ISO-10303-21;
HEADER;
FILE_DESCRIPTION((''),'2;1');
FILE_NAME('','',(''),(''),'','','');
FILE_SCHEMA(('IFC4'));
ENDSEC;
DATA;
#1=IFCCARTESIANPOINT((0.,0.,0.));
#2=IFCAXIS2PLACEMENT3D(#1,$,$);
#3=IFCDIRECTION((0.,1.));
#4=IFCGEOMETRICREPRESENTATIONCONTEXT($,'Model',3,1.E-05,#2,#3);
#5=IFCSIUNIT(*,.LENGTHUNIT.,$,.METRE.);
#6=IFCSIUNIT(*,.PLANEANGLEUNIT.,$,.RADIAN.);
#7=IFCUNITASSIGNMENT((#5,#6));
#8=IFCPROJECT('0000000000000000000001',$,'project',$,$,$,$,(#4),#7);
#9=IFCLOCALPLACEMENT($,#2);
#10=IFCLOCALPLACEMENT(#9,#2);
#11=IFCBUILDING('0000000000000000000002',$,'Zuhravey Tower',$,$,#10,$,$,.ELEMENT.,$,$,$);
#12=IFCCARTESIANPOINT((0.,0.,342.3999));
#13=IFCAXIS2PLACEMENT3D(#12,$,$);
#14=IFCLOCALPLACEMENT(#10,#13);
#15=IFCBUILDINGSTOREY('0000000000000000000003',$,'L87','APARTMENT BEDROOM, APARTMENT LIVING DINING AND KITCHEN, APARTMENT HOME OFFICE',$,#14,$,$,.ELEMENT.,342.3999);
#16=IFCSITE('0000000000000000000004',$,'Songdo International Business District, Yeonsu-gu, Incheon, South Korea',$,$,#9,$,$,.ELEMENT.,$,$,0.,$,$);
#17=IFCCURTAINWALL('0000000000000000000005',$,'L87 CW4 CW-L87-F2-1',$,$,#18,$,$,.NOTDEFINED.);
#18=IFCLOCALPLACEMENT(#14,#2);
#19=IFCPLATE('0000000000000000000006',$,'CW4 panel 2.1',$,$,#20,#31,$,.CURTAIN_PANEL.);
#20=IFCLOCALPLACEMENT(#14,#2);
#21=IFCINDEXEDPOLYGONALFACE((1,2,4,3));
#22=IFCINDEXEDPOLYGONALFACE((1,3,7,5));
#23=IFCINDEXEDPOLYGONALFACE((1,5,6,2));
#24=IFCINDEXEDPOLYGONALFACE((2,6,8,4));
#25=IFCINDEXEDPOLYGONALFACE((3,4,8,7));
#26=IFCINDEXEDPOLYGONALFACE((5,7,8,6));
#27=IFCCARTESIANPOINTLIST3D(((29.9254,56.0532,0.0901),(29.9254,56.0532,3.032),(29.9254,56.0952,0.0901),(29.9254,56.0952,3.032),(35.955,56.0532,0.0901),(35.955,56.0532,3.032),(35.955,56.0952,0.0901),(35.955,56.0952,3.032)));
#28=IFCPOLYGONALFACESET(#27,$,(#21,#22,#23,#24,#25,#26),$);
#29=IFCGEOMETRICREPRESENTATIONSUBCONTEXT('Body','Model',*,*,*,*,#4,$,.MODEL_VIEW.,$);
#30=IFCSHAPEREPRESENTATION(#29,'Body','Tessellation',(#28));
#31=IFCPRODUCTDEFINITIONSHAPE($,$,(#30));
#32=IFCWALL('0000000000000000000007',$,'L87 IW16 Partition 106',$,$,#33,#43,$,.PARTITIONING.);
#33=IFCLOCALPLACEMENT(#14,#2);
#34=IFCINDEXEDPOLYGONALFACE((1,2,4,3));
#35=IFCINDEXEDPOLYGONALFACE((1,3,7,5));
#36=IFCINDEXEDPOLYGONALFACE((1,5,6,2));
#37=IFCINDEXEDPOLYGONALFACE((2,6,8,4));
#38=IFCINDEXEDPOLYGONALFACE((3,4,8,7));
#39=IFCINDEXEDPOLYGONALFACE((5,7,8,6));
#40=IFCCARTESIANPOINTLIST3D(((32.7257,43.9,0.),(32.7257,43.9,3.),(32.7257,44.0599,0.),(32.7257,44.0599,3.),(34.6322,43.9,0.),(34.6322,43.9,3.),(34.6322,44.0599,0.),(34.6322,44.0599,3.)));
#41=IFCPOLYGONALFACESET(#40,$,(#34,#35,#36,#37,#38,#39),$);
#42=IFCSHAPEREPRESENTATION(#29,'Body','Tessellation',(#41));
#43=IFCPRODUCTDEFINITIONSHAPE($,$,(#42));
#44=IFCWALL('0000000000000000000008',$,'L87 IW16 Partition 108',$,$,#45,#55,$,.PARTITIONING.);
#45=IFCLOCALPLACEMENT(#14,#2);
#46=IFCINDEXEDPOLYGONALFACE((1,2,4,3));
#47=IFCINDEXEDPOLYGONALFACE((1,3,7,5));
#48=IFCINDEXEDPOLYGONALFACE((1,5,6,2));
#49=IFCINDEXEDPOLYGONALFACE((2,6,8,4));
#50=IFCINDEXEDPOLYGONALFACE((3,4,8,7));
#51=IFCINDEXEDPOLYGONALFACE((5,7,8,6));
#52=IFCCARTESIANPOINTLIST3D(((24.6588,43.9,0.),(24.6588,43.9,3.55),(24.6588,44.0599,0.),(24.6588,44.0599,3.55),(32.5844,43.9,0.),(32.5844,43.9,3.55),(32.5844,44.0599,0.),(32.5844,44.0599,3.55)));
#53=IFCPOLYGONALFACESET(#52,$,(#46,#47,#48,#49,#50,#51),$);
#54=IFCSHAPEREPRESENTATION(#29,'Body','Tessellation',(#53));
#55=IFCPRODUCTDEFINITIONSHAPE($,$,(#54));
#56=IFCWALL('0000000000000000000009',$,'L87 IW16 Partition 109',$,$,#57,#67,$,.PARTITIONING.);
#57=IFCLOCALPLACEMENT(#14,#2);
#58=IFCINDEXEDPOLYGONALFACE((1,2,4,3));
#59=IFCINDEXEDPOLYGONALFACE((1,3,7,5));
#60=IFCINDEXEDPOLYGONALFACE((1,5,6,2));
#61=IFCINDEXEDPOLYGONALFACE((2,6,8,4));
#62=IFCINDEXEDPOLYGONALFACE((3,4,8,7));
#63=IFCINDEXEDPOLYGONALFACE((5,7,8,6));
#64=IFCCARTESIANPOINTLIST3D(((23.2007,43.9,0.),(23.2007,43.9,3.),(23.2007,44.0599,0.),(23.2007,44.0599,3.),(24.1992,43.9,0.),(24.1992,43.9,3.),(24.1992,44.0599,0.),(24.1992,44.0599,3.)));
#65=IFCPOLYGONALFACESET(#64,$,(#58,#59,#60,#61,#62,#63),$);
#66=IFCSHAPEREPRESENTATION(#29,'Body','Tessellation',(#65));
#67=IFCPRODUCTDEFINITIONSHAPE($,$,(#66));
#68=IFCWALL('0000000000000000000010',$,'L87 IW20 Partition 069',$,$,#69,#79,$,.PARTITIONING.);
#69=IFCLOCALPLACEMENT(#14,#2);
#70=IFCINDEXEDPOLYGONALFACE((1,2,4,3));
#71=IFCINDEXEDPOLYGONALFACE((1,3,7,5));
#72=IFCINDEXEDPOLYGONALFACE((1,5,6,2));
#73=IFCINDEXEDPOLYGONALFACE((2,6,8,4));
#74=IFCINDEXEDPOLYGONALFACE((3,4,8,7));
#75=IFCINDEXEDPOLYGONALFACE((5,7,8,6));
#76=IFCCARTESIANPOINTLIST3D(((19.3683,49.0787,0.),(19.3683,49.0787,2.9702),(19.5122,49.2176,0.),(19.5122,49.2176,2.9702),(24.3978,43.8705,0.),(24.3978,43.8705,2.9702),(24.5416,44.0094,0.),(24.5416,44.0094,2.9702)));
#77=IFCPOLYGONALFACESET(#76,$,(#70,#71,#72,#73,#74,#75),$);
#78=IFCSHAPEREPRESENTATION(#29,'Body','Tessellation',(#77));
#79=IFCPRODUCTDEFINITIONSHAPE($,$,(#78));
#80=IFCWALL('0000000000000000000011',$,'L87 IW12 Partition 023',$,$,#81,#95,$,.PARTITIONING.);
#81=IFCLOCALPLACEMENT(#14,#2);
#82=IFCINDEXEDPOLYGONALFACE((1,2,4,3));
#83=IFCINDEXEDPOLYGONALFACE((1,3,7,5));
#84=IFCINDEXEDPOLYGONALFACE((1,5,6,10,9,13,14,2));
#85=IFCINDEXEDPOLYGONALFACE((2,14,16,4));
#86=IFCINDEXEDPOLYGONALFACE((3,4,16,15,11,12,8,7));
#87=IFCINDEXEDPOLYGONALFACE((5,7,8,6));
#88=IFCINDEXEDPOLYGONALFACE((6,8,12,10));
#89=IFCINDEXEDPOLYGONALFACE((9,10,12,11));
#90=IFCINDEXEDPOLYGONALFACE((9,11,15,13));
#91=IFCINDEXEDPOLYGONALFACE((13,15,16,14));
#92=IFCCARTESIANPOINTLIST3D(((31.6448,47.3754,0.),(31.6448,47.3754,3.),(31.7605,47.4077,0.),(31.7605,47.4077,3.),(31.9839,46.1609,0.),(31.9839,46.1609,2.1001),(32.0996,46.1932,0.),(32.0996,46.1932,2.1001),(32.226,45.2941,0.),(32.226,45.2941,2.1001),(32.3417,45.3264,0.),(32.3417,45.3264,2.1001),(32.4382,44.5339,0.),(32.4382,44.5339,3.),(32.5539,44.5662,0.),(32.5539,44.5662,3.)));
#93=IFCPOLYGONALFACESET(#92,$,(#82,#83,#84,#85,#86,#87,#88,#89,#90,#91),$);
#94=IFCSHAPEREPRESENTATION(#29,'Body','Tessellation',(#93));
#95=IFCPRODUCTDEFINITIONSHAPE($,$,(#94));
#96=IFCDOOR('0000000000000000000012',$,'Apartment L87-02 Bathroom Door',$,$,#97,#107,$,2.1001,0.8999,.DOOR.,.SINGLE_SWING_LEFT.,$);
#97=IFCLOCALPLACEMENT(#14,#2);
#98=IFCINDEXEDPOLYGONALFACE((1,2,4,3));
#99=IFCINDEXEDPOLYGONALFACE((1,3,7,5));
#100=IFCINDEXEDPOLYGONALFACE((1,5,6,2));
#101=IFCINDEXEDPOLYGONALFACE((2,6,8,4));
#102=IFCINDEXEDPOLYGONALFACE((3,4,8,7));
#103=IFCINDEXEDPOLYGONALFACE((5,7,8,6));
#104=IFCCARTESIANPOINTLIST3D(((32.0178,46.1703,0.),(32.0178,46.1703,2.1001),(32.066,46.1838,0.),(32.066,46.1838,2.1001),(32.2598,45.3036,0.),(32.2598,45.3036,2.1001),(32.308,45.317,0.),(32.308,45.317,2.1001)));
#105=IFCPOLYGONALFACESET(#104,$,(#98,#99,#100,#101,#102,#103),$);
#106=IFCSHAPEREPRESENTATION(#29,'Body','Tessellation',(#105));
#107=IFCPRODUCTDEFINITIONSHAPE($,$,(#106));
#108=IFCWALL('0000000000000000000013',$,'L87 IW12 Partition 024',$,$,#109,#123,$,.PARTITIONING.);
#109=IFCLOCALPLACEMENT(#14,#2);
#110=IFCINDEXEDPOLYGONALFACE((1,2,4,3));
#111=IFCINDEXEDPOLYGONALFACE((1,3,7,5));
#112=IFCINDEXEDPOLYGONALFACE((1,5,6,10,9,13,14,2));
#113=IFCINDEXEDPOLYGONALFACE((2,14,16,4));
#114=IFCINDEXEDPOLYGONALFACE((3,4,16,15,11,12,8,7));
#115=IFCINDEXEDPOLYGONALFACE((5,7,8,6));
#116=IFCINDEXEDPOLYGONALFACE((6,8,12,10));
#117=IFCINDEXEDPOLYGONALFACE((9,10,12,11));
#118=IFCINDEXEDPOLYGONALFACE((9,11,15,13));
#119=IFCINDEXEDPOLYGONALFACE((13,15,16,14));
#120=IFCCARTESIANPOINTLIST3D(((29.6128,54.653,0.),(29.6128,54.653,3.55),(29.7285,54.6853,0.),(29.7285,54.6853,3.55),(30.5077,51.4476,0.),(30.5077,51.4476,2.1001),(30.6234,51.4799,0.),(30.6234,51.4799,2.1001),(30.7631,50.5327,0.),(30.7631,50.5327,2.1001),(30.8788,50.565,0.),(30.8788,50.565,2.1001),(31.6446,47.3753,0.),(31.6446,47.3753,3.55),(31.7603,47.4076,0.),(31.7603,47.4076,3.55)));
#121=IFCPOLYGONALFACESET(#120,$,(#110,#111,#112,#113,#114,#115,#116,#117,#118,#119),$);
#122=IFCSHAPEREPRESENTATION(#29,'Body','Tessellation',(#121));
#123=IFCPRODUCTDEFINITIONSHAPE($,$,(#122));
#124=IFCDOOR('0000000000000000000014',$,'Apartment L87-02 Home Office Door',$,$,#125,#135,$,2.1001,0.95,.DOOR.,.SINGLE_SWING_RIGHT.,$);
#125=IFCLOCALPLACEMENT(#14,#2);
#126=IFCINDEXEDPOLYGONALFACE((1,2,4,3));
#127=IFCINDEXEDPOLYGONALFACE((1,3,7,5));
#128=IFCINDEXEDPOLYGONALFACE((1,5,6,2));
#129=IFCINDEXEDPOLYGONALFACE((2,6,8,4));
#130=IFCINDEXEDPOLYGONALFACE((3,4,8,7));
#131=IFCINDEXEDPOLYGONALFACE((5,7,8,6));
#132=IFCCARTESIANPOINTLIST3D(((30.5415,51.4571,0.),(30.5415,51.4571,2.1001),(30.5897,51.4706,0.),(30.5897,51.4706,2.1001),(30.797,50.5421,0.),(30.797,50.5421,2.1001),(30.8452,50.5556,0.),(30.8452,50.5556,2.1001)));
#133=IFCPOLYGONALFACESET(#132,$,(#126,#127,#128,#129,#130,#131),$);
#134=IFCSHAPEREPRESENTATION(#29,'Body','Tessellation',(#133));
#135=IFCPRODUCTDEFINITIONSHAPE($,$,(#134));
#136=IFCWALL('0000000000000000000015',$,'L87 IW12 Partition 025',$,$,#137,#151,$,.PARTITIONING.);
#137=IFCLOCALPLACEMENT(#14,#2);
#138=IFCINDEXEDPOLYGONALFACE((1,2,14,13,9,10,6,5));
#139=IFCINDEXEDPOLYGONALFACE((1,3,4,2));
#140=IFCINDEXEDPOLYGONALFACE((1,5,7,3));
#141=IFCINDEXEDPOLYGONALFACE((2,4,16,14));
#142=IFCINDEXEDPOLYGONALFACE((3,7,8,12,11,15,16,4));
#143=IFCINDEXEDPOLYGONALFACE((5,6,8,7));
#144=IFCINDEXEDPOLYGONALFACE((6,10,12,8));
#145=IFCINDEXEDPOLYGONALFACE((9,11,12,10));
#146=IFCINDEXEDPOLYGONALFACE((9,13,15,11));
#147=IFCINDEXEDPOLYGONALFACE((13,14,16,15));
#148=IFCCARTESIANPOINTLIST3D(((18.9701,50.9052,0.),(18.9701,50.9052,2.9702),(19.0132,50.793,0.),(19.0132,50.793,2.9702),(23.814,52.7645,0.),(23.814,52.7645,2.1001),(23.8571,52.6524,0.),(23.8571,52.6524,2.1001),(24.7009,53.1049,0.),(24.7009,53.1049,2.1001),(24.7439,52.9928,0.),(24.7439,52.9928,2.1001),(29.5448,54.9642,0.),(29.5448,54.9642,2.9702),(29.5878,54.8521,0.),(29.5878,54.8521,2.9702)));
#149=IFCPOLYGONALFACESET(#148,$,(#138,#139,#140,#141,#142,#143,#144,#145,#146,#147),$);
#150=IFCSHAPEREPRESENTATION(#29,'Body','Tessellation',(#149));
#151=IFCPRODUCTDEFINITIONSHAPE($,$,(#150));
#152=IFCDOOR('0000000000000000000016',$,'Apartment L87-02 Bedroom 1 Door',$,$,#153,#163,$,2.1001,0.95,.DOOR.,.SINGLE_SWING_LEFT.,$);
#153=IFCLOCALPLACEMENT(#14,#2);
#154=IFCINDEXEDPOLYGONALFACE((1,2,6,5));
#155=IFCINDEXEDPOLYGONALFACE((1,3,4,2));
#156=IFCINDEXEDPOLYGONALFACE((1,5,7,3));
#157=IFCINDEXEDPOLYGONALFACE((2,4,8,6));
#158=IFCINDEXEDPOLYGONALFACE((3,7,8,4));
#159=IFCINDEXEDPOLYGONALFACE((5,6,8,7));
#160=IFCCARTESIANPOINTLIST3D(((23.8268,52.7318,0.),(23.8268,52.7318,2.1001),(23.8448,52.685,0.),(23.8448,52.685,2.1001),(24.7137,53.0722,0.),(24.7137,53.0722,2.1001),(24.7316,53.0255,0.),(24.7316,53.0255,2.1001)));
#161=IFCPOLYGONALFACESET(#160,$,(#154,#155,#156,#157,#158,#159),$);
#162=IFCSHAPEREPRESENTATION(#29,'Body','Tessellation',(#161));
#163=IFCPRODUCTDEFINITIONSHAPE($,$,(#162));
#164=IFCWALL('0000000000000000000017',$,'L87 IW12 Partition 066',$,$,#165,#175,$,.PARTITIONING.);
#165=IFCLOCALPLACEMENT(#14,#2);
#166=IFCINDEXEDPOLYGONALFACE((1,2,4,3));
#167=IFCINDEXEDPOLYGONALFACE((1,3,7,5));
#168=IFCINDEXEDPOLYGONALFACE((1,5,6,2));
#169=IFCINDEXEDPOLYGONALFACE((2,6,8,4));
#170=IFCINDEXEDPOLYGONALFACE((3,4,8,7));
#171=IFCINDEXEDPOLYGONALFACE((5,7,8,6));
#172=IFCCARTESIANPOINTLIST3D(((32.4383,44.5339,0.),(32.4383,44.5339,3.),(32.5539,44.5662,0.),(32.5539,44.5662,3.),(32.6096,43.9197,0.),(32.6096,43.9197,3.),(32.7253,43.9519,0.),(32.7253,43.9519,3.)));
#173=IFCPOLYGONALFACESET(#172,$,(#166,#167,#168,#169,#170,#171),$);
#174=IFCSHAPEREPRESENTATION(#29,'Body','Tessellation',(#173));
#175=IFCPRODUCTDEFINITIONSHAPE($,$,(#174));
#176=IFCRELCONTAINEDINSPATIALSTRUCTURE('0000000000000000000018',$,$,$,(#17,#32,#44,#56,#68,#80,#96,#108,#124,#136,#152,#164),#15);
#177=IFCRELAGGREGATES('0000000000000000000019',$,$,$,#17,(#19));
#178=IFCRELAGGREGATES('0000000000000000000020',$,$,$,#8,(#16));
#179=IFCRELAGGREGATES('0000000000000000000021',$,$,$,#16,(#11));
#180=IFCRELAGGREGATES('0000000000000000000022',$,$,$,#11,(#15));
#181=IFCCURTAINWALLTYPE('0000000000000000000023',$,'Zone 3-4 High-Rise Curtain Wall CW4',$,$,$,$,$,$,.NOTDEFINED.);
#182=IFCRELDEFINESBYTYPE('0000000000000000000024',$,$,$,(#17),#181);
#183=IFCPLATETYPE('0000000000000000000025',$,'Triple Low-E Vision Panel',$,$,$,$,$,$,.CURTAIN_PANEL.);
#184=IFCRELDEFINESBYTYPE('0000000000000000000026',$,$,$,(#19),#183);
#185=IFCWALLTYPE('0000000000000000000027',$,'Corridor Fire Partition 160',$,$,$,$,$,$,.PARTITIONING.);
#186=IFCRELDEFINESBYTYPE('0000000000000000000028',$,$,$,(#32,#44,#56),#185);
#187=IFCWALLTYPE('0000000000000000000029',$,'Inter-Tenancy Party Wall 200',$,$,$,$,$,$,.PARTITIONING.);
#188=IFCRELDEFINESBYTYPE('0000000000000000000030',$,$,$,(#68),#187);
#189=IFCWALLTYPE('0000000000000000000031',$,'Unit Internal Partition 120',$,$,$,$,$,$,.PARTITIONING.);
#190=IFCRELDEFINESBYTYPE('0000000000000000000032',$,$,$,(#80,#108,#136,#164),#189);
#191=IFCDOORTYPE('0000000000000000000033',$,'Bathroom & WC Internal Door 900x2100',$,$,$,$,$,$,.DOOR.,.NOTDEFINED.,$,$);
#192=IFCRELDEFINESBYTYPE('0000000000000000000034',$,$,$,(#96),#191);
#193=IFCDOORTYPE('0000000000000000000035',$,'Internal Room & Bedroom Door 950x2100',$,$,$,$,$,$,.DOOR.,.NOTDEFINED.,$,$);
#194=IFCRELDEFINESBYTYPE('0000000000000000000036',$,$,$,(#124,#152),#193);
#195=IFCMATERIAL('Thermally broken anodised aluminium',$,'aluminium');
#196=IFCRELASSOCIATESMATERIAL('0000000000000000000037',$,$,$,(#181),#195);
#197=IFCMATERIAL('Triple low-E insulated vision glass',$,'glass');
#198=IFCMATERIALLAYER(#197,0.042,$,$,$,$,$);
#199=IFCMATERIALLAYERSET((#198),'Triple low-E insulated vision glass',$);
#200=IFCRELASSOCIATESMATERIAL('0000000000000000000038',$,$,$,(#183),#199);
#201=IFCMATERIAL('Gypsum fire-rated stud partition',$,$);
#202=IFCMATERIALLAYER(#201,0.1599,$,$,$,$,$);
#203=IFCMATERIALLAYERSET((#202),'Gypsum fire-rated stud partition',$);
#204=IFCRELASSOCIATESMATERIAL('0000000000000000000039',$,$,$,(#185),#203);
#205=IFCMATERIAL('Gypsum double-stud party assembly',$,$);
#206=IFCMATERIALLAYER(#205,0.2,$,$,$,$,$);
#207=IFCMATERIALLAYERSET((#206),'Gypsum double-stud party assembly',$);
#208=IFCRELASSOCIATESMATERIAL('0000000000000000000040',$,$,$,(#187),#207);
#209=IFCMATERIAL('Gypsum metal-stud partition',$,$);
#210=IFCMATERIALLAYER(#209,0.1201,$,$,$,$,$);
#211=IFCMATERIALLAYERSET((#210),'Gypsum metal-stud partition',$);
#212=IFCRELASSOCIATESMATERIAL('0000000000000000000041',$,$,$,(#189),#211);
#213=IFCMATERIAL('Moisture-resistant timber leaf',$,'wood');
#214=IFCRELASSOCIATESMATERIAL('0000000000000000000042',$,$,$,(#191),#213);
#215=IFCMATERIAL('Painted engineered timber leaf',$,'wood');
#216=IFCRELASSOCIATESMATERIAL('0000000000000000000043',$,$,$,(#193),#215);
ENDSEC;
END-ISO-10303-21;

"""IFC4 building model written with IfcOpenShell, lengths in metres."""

from ifc_helpers import new_model, si_unit, direction, frame, frame_2d, origin, origin_2d, place, context, subcontext, project, spatial, rectangle, extrude, material, layer, layer_set, type_object, element, fill, aggregate, save


model = new_model("IFC4")

# Units and contexts
model_context = context("Model", 3, precision=1e-05, world=origin(), true_north=direction((0.0, 1.0)))
body_context = subcontext(model_context, "Body", "Model", "MODEL_VIEW")
ifc_project = project(units=[si_unit("LENGTHUNIT", "METRE"), si_unit("PLANEANGLEUNIT", "RADIAN")], contexts=[model_context])

# Site, building, storey
site_placement = place(None, origin())
site = spatial("IfcSite", under=ifc_project, at=site_placement, Name="Songdo International Business District, Yeonsu-gu, Incheon, South Korea", CompositionType="ELEMENT", RefElevation=0.0)
building_placement = place(site_placement, origin())
building = spatial("IfcBuilding", under=site, at=building_placement, Name="Zuhravey Tower", CompositionType="ELEMENT")
storey_placement = place(building_placement, frame((0.0, 0.0, 342.3999)))
storey = spatial("IfcBuildingStorey", under=building, at=storey_placement, Name="L87", Description="APARTMENT BEDROOM, APARTMENT LIVING DINING AND KITCHEN, APARTMENT HOME OFFICE", CompositionType="ELEMENT", Elevation=342.3999)

# Curtain wall
ifc_material_1 = material(Name="Thermally broken anodised aluminium", Category="aluminium")
curtain_wall_type = type_object("IfcCurtainWallType", Name="Zone 3-4 High-Rise Curtain Wall CW4", PredefinedType="NOTDEFINED", material=ifc_material_1)
curtain_wall_placement = place(storey_placement, origin())
curtain_wall = element("IfcCurtainWall", 1, at=curtain_wall_placement, inside=storey, type_object=curtain_wall_type, Name="L87 CW4 CW-L87-F2-1", PredefinedType="NOTDEFINED")

# Plate
ifc_material_2 = material(Name="Triple low-E insulated vision glass", Category="glass")
ifc_layer_1 = layer(ifc_material_2, 0.042)
ifc_layer_set_1 = layer_set([ifc_layer_1], Name="Triple low-E insulated vision glass")
plate_type = type_object("IfcPlateType", Name="Triple Low-E Vision Panel", PredefinedType="CURTAIN_PANEL", material=ifc_layer_set_1)
plate_1_placement = place(storey_placement, frame((32.9402, 56.0742, 0.0901), z_axis=(0.0, 0.0, 1.0), x_axis=(1.0, 0.0, 0.0)))
plate_1 = element("IfcPlate", 2, at=plate_1_placement, type_object=plate_type, Name="CW4 panel 2.1", PredefinedType="CURTAIN_PANEL", context=body_context, shape_type="SweptSolid", body=[
    extrude(rectangle(XDim=6.0295, YDim=0.042, at=origin_2d()), origin(), (0.0, 0.0, 1.0), 2.9419),
])
aggregate(curtain_wall, [plate_1])

# Shared definitions
ifc_material_3 = material(Name="Gypsum fire-rated stud partition")
ifc_layer_2 = layer(ifc_material_3, 0.1599)
ifc_layer_set_2 = layer_set([ifc_layer_2], Name="Gypsum fire-rated stud partition")
wall_type_1 = type_object("IfcWallType", Name="Corridor Fire Partition 160", PredefinedType="PARTITIONING", material=ifc_layer_set_2)

# Walls
wall_1_placement = place(storey_placement, frame((34.6321, 43.98, 0.0), z_axis=(0.0, 0.0, 1.0), x_axis=(-1.0, 0.0, 0.0)))
element("IfcWall", 3, at=wall_1_placement, inside=storey, type_object=wall_type_1, Name="L87 IW16 Partition 106", PredefinedType="PARTITIONING", context=body_context, shape_type="SweptSolid", body=[
    extrude(rectangle(XDim=1.9065, YDim=0.1599, at=frame_2d((0.9531, 0.0))), origin(), (0.0, 0.0, 1.0), 3.0),
])
wall_2_placement = place(storey_placement, frame((32.5845, 43.98, 0.0), z_axis=(0.0, 0.0, 1.0), x_axis=(-1.0, 0.0, 0.0)))
element("IfcWall", 4, at=wall_2_placement, inside=storey, type_object=wall_type_1, Name="L87 IW16 Partition 108", PredefinedType="PARTITIONING", context=body_context, shape_type="SweptSolid", body=[
    extrude(rectangle(XDim=7.9255, YDim=0.1599, at=frame_2d((3.9629, 0.0))), origin(), (0.0, 0.0, 1.0), 3.55),
])
wall_3_placement = place(storey_placement, frame((24.1992, 43.98, 0.0), z_axis=(0.0, 0.0, 1.0), x_axis=(-1.0, 0.0, 0.0)))
element("IfcWall", 5, at=wall_3_placement, inside=storey, type_object=wall_type_1, Name="L87 IW16 Partition 109", PredefinedType="PARTITIONING", context=body_context, shape_type="SweptSolid", body=[
    extrude(rectangle(XDim=0.9985, YDim=0.1599, at=frame_2d((0.4993, 0.0))), origin(), (0.0, 0.0, 1.0), 3.0),
])
ifc_material_4 = material(Name="Gypsum double-stud party assembly")
ifc_layer_3 = layer(ifc_material_4, 0.2)
ifc_layer_set_3 = layer_set([ifc_layer_3], Name="Gypsum double-stud party assembly")
wall_type_2 = type_object("IfcWallType", Name="Inter-Tenancy Party Wall 200", PredefinedType="PARTITIONING", material=ifc_layer_set_3)
wall_4_placement = place(storey_placement, frame((24.4697, 43.9399, 0.0), z_axis=(0.0, 0.0, 1.0), x_axis=(-0.694658, 0.71934, 0.0)))
element("IfcWall", 6, at=wall_4_placement, inside=storey, type_object=wall_type_2, Name="L87 IW20 Partition 069", PredefinedType="PARTITIONING", context=body_context, shape_type="SweptSolid", body=[
    extrude(rectangle(XDim=7.2402, YDim=0.2, at=frame_2d((3.6201, 0.0))), origin(), (0.0, 0.0, 1.0), 2.9702),
])

# Walls, openings, doors
ifc_material_5 = material(Name="Gypsum metal-stud partition")
ifc_layer_4 = layer(ifc_material_5, 0.1201)
ifc_layer_set_4 = layer_set([ifc_layer_4], Name="Gypsum metal-stud partition")
wall_type_3 = type_object("IfcWallType", Name="Unit Internal Partition 120", PredefinedType="PARTITIONING", material=ifc_layer_set_4)
wall_5_placement = place(storey_placement, frame((32.4961, 44.55, 0.0), z_axis=(0.0, 0.0, 1.0), x_axis=(-0.268945, 0.963155, 0.0)))
wall_5 = element("IfcWall", 7, at=wall_5_placement, inside=storey, type_object=wall_type_3, Name="L87 IW12 Partition 023", PredefinedType="PARTITIONING", context=body_context, shape_type="SweptSolid", body=[
    extrude(rectangle(XDim=2.9502, YDim=0.1201, at=frame_2d((1.4751, 0.0))), origin(), (0.0, 0.0, 1.0), 3.0),
])
opening_1_placement = place(wall_5_placement, frame((0.7893, 0.0, 0.0)))
opening_1 = element("IfcOpeningElement", 8, at=opening_1_placement, cuts=wall_5, PredefinedType="OPENING", context=body_context, shape_type="SweptSolid", body=[
    extrude(rectangle(XDim=0.8999, YDim=2.1001, at=frame_2d((0.45, 1.05))), frame((0.0, 0.072, 0.0), z_axis=(0.0, -1.0, 0.0), x_axis=(1.0, 0.0, 0.0)), (0.0, 0.0, 1.0), 0.144),
])
ifc_material_6 = material(Name="Moisture-resistant timber leaf", Category="wood")
door_type_1 = type_object("IfcDoorType", Name="Bathroom & WC Internal Door 900x2100", OperationType="NOTDEFINED", PredefinedType="DOOR", material=ifc_material_6)
door_1_placement = place(opening_1_placement, origin())
door_1 = element("IfcDoor", 9, at=door_1_placement, inside=storey, type_object=door_type_1, Name="Apartment L87-02 Bathroom Door", OperationType="SINGLE_SWING_LEFT", OverallHeight=2.1001, OverallWidth=0.8999, PredefinedType="DOOR", context=body_context, shape_type="SweptSolid", body=[
    extrude(rectangle(XDim=0.8999, YDim=2.1001, at=frame_2d((0.45, 1.05))), frame((0.0, 0.0249, 0.0), z_axis=(0.0, -1.0, 0.0), x_axis=(1.0, 0.0, 0.0)), (0.0, 0.0, 1.0), 0.05),
])
fill(opening_1, door_1)
wall_6_placement = place(storey_placement, frame((31.7024, 47.3916, 0.0), z_axis=(0.0, 0.0, 1.0), x_axis=(-0.268895, 0.963169, 0.0)))
wall_6 = element("IfcWall", 10, at=wall_6_placement, inside=storey, type_object=wall_type_3, Name="L87 IW12 Partition 024", PredefinedType="PARTITIONING", context=body_context, shape_type="SweptSolid", body=[
    extrude(rectangle(XDim=7.5559, YDim=0.1201, at=frame_2d((3.7778, 0.0))), origin(), (0.0, 0.0, 1.0), 3.55),
])
opening_2_placement = place(wall_6_placement, frame((3.2778, 0.0, 0.0)))
opening_2 = element("IfcOpeningElement", 11, at=opening_2_placement, cuts=wall_6, PredefinedType="OPENING", context=body_context, shape_type="SweptSolid", body=[
    extrude(rectangle(XDim=0.95, YDim=2.1001, at=frame_2d((0.4751, 1.05))), frame((0.0, 0.072, 0.0), z_axis=(0.0, -1.0, 0.0), x_axis=(1.0, 0.0, 0.0)), (0.0, 0.0, 1.0), 0.144),
])
ifc_material_7 = material(Name="Painted engineered timber leaf", Category="wood")
door_type_2 = type_object("IfcDoorType", Name="Internal Room & Bedroom Door 950x2100", OperationType="NOTDEFINED", PredefinedType="DOOR", material=ifc_material_7)
door_2_placement = place(opening_2_placement, origin())
door_2 = element("IfcDoor", 12, at=door_2_placement, inside=storey, type_object=door_type_2, Name="Apartment L87-02 Home Office Door", OperationType="SINGLE_SWING_RIGHT", OverallHeight=2.1001, OverallWidth=0.95, PredefinedType="DOOR", context=body_context, shape_type="SweptSolid", body=[
    extrude(rectangle(XDim=0.95, YDim=2.1001, at=frame_2d((0.4751, 1.05))), frame((0.0, 0.0249, 0.0), z_axis=(0.0, -1.0, 0.0), x_axis=(1.0, 0.0, 0.0)), (0.0, 0.0, 1.0), 0.05),
])
fill(opening_2, door_2)
wall_7_placement = place(storey_placement, frame((29.5664, 54.9082, 0.0), z_axis=(0.0, 0.0, 1.0), x_axis=(-0.933585, -0.358355, 0.0)))
wall_7 = element("IfcWall", 13, at=wall_7_placement, inside=storey, type_object=wall_type_3, Name="L87 IW12 Partition 025", PredefinedType="PARTITIONING", context=body_context, shape_type="SweptSolid", body=[
    extrude(rectangle(XDim=11.3269, YDim=0.1201, at=frame_2d((5.6636, 0.0))), origin(), (0.0, 0.0, 1.0), 2.9702),
])
opening_3_placement = place(wall_7_placement, frame((5.1885, 0.0, 0.0)))
opening_3 = element("IfcOpeningElement", 14, at=opening_3_placement, cuts=wall_7, PredefinedType="OPENING", context=body_context, shape_type="SweptSolid", body=[
    extrude(rectangle(XDim=0.95, YDim=2.1001, at=frame_2d((0.4751, 1.05))), frame((0.0, 0.072, 0.0), z_axis=(0.0, -1.0, 0.0), x_axis=(1.0, 0.0, 0.0)), (0.0, 0.0, 1.0), 0.144),
])
door_3_placement = place(opening_3_placement, frame((0.95, 0.0, 0.0), z_axis=(0.0, 0.0, 1.0), x_axis=(-1.0, 0.0, 0.0)))
door_3 = element("IfcDoor", 15, at=door_3_placement, inside=storey, type_object=door_type_2, Name="Apartment L87-02 Bedroom 1 Door", OperationType="SINGLE_SWING_LEFT", OverallHeight=2.1001, OverallWidth=0.95, PredefinedType="DOOR", context=body_context, shape_type="SweptSolid", body=[
    extrude(rectangle(XDim=0.95, YDim=2.1001, at=frame_2d((0.4751, 1.05))), frame((0.0, 0.0249, 0.0), z_axis=(0.0, -1.0, 0.0), x_axis=(1.0, 0.0, 0.0)), (0.0, 0.0, 1.0), 0.05),
])
fill(opening_3, door_3)

# Wall
wall_8_placement = place(storey_placement, frame((32.6675, 43.9358, 0.0), z_axis=(0.0, 0.0, 1.0), x_axis=(-0.268749, 0.96321, 0.0)))
element("IfcWall", 16, at=wall_8_placement, inside=storey, type_object=wall_type_3, Name="L87 IW12 Partition 066", PredefinedType="PARTITIONING", context=body_context, shape_type="SweptSolid", body=[
    extrude(rectangle(XDim=0.6377, YDim=0.1201, at=frame_2d((0.3188, 0.0))), origin(), (0.0, 0.0, 1.0), 3.0),
])

save(model, "model.ifc")
